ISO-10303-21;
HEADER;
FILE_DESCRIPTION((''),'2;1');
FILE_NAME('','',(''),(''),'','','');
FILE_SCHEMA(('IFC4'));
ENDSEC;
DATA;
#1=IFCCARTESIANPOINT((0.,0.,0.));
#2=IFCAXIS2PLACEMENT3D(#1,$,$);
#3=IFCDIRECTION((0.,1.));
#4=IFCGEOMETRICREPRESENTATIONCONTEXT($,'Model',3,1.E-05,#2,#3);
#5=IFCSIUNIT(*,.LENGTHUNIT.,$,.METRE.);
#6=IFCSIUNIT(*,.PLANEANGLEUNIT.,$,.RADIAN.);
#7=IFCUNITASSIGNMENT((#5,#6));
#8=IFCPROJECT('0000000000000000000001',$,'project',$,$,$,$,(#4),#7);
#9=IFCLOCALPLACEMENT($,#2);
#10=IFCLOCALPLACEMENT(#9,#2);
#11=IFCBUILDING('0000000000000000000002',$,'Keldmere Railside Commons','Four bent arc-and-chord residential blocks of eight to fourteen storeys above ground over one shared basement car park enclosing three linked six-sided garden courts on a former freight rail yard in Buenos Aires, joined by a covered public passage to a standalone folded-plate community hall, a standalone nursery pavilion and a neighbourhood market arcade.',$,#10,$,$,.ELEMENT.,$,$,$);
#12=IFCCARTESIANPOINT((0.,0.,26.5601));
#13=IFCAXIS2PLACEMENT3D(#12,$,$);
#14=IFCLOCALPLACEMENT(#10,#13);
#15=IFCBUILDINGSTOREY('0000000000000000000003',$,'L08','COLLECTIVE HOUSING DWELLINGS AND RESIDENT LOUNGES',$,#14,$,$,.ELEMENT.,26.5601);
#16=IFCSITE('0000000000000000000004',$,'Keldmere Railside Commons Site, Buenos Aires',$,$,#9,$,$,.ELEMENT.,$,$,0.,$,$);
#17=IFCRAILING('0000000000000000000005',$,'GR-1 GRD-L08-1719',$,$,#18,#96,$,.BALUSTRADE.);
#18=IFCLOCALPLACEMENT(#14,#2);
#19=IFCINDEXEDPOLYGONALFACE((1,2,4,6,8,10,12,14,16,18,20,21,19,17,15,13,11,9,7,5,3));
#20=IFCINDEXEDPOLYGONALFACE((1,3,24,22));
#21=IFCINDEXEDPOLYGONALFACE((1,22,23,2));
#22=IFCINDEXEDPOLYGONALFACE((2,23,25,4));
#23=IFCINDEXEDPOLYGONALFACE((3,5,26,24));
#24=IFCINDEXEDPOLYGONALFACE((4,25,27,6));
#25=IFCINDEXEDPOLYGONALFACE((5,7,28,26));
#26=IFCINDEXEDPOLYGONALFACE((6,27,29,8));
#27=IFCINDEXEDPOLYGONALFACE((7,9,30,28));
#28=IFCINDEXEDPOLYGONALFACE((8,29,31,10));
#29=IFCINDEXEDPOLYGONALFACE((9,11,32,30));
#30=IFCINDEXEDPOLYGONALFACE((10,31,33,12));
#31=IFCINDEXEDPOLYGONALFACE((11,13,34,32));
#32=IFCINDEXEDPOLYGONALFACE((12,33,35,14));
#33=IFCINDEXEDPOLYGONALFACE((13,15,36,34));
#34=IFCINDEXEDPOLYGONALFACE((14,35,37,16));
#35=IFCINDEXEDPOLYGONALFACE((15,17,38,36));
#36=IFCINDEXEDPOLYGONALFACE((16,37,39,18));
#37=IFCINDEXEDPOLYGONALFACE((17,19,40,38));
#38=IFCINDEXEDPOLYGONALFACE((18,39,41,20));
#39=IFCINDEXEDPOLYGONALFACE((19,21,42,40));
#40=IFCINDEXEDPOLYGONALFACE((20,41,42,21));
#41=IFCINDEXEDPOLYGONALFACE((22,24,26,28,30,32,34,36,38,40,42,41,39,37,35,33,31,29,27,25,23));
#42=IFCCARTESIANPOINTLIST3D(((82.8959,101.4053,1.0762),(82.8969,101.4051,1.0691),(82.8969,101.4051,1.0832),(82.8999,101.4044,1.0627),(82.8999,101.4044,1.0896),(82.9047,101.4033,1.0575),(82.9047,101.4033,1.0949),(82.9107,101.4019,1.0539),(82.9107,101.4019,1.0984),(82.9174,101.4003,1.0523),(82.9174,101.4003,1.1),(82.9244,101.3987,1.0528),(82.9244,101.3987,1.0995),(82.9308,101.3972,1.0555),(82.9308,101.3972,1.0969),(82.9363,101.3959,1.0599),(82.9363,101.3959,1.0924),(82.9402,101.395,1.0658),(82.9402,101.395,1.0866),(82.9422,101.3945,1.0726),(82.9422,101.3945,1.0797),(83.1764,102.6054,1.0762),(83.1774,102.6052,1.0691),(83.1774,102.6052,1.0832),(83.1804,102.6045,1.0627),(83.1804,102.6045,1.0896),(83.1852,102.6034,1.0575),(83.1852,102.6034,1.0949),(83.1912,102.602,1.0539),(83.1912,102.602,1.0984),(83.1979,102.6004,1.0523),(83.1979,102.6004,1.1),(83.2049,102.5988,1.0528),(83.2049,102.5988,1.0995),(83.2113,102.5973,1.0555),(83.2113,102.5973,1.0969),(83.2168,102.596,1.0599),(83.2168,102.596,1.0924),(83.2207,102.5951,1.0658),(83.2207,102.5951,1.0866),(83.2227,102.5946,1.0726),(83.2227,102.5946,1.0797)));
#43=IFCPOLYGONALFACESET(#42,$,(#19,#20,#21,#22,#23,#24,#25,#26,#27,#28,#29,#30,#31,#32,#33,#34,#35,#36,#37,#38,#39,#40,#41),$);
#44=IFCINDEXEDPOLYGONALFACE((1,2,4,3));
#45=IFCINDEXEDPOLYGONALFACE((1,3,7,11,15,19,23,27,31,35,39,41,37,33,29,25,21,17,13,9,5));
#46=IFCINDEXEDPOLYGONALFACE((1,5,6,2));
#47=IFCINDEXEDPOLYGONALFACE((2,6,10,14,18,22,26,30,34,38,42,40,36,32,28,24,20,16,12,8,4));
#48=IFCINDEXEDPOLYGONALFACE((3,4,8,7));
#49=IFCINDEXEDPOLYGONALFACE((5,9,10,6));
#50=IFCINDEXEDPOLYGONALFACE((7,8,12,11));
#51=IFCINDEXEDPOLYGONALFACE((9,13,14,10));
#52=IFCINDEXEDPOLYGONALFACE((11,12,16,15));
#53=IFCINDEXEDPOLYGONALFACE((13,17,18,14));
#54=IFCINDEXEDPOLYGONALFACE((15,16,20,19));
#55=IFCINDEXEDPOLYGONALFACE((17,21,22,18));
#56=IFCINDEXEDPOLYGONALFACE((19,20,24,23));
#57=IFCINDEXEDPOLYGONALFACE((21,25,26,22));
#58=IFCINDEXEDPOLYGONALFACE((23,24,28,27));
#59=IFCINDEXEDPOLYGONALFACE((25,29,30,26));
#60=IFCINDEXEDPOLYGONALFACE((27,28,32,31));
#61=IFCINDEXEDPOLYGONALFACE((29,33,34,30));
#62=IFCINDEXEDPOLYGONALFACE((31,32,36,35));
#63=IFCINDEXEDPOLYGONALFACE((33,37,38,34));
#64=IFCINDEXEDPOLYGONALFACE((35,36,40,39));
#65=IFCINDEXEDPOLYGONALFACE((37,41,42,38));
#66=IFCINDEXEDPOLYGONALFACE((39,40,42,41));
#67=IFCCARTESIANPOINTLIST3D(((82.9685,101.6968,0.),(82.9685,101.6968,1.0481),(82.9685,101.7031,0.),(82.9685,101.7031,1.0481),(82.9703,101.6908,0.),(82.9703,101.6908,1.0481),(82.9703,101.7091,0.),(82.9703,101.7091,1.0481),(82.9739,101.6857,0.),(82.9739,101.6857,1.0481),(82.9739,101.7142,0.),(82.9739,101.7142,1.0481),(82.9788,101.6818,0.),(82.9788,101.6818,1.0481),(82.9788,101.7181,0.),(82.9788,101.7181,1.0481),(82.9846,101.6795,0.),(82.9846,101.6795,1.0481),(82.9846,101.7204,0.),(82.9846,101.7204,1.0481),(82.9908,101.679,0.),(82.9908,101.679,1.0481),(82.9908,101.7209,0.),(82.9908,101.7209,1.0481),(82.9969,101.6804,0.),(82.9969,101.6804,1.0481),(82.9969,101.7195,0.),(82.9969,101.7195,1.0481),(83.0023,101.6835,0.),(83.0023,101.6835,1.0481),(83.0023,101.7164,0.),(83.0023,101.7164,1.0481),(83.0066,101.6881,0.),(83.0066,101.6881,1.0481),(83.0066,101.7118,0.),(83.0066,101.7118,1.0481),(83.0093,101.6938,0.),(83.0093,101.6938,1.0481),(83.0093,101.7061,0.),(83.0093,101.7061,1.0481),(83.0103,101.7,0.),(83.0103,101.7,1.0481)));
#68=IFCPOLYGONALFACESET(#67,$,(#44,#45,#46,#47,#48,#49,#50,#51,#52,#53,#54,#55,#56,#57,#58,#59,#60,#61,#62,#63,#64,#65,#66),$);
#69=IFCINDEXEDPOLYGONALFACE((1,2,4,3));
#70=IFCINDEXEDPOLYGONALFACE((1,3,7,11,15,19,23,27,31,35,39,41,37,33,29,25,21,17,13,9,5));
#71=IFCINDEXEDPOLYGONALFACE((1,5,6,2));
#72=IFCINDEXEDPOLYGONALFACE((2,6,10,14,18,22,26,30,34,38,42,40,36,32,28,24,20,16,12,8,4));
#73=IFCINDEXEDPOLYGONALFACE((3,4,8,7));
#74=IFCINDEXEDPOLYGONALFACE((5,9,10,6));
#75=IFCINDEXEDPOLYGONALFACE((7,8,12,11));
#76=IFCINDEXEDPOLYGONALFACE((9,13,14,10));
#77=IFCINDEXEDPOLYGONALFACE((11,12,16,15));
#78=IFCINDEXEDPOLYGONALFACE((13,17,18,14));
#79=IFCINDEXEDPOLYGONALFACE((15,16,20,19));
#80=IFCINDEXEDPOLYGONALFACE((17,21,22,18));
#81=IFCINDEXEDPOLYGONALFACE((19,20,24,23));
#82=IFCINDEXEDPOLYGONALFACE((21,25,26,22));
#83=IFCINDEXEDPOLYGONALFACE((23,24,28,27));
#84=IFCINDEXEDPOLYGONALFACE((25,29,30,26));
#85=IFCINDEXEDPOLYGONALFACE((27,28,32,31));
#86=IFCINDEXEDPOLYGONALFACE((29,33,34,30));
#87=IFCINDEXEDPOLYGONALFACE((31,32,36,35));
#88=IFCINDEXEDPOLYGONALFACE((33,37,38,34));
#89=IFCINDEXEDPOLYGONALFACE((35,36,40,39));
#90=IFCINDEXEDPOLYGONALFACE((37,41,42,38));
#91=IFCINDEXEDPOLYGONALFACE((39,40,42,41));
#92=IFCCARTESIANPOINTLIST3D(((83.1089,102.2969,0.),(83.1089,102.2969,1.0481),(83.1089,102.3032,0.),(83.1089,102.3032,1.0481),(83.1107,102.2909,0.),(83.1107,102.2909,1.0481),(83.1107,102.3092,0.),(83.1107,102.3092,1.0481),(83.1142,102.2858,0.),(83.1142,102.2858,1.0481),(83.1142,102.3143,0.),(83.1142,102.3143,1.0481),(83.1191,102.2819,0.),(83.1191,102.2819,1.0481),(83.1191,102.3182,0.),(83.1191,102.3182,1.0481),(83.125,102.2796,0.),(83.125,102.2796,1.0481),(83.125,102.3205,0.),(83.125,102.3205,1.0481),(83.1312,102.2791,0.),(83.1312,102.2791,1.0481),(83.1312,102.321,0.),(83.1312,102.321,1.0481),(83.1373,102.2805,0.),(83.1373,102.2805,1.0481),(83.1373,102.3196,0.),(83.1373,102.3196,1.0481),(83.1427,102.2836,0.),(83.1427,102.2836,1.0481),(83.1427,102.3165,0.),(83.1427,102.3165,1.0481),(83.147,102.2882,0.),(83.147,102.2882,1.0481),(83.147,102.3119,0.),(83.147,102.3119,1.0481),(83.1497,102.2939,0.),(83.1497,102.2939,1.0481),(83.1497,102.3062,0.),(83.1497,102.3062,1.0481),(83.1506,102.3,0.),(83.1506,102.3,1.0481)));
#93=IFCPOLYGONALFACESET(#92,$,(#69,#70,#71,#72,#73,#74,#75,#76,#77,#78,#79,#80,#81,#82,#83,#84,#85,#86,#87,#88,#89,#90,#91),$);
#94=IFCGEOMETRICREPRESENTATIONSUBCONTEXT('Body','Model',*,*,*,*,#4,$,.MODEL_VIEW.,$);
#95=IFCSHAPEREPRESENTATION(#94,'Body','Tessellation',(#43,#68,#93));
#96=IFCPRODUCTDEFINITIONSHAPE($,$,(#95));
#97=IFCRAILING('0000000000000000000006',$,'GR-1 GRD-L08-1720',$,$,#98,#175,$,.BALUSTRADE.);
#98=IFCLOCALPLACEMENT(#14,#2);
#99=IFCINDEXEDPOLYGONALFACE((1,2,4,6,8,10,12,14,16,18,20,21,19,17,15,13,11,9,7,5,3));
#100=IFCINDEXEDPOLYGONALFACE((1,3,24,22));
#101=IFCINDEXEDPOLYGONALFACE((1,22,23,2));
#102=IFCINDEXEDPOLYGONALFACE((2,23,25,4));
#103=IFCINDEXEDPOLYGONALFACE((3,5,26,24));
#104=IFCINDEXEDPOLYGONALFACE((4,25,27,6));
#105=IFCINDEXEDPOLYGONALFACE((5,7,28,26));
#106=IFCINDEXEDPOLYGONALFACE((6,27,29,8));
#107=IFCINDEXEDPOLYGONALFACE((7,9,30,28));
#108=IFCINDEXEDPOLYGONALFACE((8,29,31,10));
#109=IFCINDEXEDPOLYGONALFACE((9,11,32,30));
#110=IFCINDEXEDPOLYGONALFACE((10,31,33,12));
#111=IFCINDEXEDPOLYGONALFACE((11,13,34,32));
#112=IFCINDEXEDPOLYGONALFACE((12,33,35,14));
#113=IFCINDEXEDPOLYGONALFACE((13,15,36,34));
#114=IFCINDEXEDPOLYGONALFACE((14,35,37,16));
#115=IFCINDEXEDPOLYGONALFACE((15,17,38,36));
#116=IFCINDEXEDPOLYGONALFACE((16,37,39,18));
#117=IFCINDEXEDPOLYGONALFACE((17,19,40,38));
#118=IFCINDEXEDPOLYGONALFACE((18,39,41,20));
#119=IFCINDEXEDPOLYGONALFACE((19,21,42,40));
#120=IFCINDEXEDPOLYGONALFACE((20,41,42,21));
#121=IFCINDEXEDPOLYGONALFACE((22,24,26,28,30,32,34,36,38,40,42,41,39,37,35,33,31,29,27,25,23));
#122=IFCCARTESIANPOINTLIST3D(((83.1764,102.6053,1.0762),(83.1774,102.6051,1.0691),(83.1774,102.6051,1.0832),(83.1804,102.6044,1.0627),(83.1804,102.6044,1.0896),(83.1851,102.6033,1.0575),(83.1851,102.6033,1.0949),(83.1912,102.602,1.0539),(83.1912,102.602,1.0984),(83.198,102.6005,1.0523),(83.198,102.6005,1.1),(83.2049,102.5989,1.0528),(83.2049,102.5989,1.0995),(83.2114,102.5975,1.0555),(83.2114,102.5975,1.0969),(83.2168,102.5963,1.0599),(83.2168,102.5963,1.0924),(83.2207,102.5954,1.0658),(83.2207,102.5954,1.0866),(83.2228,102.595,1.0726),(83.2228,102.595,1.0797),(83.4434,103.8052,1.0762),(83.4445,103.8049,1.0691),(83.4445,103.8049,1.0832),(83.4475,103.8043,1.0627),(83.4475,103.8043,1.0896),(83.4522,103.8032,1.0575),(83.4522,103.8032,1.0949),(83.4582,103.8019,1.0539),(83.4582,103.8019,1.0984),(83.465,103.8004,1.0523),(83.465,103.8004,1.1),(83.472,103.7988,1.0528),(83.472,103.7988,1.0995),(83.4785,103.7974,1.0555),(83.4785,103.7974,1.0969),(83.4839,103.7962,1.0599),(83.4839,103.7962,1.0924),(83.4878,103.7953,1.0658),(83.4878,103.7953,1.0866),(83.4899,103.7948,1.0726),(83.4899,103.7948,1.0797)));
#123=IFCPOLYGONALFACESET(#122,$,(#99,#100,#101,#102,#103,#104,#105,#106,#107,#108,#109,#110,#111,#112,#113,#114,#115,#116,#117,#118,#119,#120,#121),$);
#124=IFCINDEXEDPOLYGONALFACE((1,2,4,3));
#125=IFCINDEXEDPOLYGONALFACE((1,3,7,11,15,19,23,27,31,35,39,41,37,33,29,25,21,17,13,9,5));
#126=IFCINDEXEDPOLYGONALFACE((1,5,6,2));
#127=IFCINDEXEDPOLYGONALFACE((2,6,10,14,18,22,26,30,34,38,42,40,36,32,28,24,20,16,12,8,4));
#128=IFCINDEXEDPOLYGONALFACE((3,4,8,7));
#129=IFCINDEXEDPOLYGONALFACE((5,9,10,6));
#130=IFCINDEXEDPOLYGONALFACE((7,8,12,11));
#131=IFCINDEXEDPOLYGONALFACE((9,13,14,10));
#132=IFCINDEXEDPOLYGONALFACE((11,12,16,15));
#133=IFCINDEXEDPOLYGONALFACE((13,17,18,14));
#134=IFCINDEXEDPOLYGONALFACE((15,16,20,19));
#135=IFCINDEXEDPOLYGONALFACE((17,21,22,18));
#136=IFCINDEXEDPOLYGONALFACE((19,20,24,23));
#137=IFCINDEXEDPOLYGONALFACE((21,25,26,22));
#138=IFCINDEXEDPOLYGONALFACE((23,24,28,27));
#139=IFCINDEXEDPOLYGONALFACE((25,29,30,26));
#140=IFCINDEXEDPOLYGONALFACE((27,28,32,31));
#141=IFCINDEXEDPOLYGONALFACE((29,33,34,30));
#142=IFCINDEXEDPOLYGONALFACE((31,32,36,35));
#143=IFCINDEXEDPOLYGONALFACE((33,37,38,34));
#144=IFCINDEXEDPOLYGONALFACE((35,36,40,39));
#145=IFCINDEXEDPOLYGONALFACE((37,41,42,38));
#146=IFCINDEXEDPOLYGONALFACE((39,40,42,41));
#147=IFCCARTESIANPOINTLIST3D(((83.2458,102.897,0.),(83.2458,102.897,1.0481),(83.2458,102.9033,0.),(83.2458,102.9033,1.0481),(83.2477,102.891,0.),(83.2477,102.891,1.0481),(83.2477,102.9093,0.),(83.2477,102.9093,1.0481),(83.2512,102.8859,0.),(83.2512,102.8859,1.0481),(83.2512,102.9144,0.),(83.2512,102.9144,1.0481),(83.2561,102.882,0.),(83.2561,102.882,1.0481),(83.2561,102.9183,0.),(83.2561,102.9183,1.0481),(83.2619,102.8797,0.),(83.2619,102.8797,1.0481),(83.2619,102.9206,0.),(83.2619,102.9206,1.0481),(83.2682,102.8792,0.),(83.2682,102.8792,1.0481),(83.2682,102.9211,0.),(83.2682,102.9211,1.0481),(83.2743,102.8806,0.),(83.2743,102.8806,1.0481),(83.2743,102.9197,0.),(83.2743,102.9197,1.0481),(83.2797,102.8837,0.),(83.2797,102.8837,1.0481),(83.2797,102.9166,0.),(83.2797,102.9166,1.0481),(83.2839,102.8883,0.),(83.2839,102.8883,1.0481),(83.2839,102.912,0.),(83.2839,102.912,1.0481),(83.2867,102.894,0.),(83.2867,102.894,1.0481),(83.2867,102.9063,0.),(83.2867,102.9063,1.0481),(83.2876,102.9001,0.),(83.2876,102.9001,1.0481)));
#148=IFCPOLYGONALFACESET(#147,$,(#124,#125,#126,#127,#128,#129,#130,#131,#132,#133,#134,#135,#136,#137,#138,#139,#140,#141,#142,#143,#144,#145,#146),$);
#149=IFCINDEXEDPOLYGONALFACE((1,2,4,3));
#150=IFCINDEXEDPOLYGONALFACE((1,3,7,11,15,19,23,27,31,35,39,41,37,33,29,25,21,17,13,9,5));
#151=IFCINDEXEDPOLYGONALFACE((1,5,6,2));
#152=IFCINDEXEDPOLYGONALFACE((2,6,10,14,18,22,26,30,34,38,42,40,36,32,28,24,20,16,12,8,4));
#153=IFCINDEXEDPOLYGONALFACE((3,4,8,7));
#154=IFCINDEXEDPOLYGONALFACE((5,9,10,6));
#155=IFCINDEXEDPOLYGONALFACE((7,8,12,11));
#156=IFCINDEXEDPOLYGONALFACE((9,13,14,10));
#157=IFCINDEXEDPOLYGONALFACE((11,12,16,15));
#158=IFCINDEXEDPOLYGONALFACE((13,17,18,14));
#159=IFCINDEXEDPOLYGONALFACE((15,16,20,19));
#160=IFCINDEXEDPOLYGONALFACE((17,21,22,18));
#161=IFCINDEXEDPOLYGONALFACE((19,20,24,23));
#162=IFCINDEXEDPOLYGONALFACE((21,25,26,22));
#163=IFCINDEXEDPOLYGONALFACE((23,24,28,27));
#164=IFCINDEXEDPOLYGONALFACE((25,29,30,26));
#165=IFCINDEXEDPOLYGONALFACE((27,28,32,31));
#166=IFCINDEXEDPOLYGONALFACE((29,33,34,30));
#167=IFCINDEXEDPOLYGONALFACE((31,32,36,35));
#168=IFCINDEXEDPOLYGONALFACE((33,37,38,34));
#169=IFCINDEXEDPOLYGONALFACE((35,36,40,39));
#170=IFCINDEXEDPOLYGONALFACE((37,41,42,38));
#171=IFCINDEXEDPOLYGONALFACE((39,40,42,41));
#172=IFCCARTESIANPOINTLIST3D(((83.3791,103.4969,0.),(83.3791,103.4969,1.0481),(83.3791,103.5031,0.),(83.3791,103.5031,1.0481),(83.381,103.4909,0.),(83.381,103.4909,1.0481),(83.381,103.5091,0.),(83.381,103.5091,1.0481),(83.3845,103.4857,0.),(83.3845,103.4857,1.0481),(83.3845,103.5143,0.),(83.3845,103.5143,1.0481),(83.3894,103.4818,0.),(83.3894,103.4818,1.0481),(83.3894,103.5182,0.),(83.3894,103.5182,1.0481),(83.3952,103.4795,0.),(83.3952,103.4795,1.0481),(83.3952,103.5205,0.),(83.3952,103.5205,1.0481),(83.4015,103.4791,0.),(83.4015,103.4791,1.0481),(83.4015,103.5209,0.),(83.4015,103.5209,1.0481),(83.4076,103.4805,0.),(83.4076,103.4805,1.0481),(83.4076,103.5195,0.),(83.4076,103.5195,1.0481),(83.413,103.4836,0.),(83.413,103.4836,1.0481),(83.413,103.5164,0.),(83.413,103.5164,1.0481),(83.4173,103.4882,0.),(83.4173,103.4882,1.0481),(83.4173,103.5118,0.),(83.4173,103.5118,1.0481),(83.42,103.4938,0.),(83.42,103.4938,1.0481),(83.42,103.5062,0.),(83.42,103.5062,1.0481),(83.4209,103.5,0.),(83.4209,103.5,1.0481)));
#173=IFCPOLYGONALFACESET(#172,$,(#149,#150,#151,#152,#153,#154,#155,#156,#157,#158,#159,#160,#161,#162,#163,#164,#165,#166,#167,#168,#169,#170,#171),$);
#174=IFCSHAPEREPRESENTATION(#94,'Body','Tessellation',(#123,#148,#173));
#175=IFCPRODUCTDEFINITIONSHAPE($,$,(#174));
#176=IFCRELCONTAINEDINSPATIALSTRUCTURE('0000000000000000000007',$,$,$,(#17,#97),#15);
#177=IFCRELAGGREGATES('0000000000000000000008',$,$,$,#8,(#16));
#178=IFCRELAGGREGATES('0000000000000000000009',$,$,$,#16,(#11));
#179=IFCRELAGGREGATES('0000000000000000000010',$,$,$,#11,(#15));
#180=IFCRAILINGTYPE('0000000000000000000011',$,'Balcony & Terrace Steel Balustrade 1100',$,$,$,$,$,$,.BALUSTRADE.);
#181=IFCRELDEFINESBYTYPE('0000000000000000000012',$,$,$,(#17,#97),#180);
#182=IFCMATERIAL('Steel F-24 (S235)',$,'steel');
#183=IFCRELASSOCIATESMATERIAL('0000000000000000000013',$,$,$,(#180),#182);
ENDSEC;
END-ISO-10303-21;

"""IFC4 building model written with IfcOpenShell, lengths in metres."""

from ifc_helpers import new_model, si_unit, direction, frame, origin, origin_2d, place, context, subcontext, project, spatial, circle, extrude, material, type_object, element, save


model = new_model("IFC4")

# Units and contexts
model_context = context("Model", 3, precision=1e-05, world=origin(), true_north=direction((0.0, 1.0)))
body_context = subcontext(model_context, "Body", "Model", "MODEL_VIEW")
ifc_project = project(units=[si_unit("LENGTHUNIT", "METRE"), si_unit("PLANEANGLEUNIT", "RADIAN")], contexts=[model_context])

# Site, building, storey
site_placement = place(None, origin())
site = spatial("IfcSite", under=ifc_project, at=site_placement, Name="Keldmere Railside Commons Site, Buenos Aires", CompositionType="ELEMENT", RefElevation=0.0)
building_placement = place(site_placement, origin())
building = spatial("IfcBuilding", under=site, at=building_placement, Name="Keldmere Railside Commons", Description="Four bent arc-and-chord residential blocks of eight to fourteen storeys above ground over one shared basement car park enclosing three linked six-sided garden courts on a former freight rail yard in Buenos Aires, joined by a covered public passage to a standalone folded-plate community hall, a standalone nursery pavilion and a neighbourhood market arcade.", CompositionType="ELEMENT")
storey_placement = place(building_placement, frame((0.0, 0.0, 26.5601)))
storey = spatial("IfcBuildingStorey", under=building, at=storey_placement, Name="L08", Description="COLLECTIVE HOUSING DWELLINGS AND RESIDENT LOUNGES", CompositionType="ELEMENT", Elevation=26.5601)

# Shared definitions
ifc_material_1 = material(Name="Steel F-24 (S235)", Category="steel")

# Railings
railing_type_1 = type_object("IfcRailingType", Name="Balcony & Terrace Steel Balustrade 1100", PredefinedType="BALUSTRADE", material=ifc_material_1)
railing_1_placement = place(storey_placement, frame((82.9192, 101.3999, 0.0)))
element("IfcRailing", 1, at=railing_1_placement, inside=storey, type_object=railing_type_1, Name="GR-1 GRD-L08-1719", PredefinedType="BALUSTRADE", context=body_context, shape_type="SweptSolid", body=[
    extrude(circle(Radius=0.0239, at=origin_2d()), frame((0.0, 0.0, 1.0762), z_axis=(0.227593, 0.973756, 0.0), x_axis=(-0.973756, 0.227593, 0.0)), (0.0, 0.0, 1.0), 1.2324),
    extrude(circle(Radius=0.021, at=origin_2d()), frame((0.0701, 0.3, 0.0)), (0.0, 0.0, 1.0), 1.0481),
    extrude(circle(Radius=0.021, at=origin_2d()), frame((0.2104, 0.9001, 0.0)), (0.0, 0.0, 1.0), 1.0481),
])
railing_2_placement = place(storey_placement, frame((83.1997, 102.6001, 0.0)))
element("IfcRailing", 2, at=railing_2_placement, inside=storey, type_object=railing_type_1, Name="GR-1 GRD-L08-1720", PredefinedType="BALUSTRADE", context=body_context, shape_type="SweptSolid", body=[
    extrude(circle(Radius=0.0239, at=origin_2d()), frame((0.0, 0.0, 1.0762), z_axis=(0.217267, 0.976112, 0.0), x_axis=(-0.976112, 0.217267, 0.0)), (0.0, 0.0, 1.0), 1.2292),
    extrude(circle(Radius=0.021, at=origin_2d()), frame((0.0669, 0.3, 0.0)), (0.0, 0.0, 1.0), 1.0481),
    extrude(circle(Radius=0.021, at=origin_2d()), frame((0.2002, 0.8999, 0.0)), (0.0, 0.0, 1.0), 1.0481),
])

save(model, "model.ifc")
